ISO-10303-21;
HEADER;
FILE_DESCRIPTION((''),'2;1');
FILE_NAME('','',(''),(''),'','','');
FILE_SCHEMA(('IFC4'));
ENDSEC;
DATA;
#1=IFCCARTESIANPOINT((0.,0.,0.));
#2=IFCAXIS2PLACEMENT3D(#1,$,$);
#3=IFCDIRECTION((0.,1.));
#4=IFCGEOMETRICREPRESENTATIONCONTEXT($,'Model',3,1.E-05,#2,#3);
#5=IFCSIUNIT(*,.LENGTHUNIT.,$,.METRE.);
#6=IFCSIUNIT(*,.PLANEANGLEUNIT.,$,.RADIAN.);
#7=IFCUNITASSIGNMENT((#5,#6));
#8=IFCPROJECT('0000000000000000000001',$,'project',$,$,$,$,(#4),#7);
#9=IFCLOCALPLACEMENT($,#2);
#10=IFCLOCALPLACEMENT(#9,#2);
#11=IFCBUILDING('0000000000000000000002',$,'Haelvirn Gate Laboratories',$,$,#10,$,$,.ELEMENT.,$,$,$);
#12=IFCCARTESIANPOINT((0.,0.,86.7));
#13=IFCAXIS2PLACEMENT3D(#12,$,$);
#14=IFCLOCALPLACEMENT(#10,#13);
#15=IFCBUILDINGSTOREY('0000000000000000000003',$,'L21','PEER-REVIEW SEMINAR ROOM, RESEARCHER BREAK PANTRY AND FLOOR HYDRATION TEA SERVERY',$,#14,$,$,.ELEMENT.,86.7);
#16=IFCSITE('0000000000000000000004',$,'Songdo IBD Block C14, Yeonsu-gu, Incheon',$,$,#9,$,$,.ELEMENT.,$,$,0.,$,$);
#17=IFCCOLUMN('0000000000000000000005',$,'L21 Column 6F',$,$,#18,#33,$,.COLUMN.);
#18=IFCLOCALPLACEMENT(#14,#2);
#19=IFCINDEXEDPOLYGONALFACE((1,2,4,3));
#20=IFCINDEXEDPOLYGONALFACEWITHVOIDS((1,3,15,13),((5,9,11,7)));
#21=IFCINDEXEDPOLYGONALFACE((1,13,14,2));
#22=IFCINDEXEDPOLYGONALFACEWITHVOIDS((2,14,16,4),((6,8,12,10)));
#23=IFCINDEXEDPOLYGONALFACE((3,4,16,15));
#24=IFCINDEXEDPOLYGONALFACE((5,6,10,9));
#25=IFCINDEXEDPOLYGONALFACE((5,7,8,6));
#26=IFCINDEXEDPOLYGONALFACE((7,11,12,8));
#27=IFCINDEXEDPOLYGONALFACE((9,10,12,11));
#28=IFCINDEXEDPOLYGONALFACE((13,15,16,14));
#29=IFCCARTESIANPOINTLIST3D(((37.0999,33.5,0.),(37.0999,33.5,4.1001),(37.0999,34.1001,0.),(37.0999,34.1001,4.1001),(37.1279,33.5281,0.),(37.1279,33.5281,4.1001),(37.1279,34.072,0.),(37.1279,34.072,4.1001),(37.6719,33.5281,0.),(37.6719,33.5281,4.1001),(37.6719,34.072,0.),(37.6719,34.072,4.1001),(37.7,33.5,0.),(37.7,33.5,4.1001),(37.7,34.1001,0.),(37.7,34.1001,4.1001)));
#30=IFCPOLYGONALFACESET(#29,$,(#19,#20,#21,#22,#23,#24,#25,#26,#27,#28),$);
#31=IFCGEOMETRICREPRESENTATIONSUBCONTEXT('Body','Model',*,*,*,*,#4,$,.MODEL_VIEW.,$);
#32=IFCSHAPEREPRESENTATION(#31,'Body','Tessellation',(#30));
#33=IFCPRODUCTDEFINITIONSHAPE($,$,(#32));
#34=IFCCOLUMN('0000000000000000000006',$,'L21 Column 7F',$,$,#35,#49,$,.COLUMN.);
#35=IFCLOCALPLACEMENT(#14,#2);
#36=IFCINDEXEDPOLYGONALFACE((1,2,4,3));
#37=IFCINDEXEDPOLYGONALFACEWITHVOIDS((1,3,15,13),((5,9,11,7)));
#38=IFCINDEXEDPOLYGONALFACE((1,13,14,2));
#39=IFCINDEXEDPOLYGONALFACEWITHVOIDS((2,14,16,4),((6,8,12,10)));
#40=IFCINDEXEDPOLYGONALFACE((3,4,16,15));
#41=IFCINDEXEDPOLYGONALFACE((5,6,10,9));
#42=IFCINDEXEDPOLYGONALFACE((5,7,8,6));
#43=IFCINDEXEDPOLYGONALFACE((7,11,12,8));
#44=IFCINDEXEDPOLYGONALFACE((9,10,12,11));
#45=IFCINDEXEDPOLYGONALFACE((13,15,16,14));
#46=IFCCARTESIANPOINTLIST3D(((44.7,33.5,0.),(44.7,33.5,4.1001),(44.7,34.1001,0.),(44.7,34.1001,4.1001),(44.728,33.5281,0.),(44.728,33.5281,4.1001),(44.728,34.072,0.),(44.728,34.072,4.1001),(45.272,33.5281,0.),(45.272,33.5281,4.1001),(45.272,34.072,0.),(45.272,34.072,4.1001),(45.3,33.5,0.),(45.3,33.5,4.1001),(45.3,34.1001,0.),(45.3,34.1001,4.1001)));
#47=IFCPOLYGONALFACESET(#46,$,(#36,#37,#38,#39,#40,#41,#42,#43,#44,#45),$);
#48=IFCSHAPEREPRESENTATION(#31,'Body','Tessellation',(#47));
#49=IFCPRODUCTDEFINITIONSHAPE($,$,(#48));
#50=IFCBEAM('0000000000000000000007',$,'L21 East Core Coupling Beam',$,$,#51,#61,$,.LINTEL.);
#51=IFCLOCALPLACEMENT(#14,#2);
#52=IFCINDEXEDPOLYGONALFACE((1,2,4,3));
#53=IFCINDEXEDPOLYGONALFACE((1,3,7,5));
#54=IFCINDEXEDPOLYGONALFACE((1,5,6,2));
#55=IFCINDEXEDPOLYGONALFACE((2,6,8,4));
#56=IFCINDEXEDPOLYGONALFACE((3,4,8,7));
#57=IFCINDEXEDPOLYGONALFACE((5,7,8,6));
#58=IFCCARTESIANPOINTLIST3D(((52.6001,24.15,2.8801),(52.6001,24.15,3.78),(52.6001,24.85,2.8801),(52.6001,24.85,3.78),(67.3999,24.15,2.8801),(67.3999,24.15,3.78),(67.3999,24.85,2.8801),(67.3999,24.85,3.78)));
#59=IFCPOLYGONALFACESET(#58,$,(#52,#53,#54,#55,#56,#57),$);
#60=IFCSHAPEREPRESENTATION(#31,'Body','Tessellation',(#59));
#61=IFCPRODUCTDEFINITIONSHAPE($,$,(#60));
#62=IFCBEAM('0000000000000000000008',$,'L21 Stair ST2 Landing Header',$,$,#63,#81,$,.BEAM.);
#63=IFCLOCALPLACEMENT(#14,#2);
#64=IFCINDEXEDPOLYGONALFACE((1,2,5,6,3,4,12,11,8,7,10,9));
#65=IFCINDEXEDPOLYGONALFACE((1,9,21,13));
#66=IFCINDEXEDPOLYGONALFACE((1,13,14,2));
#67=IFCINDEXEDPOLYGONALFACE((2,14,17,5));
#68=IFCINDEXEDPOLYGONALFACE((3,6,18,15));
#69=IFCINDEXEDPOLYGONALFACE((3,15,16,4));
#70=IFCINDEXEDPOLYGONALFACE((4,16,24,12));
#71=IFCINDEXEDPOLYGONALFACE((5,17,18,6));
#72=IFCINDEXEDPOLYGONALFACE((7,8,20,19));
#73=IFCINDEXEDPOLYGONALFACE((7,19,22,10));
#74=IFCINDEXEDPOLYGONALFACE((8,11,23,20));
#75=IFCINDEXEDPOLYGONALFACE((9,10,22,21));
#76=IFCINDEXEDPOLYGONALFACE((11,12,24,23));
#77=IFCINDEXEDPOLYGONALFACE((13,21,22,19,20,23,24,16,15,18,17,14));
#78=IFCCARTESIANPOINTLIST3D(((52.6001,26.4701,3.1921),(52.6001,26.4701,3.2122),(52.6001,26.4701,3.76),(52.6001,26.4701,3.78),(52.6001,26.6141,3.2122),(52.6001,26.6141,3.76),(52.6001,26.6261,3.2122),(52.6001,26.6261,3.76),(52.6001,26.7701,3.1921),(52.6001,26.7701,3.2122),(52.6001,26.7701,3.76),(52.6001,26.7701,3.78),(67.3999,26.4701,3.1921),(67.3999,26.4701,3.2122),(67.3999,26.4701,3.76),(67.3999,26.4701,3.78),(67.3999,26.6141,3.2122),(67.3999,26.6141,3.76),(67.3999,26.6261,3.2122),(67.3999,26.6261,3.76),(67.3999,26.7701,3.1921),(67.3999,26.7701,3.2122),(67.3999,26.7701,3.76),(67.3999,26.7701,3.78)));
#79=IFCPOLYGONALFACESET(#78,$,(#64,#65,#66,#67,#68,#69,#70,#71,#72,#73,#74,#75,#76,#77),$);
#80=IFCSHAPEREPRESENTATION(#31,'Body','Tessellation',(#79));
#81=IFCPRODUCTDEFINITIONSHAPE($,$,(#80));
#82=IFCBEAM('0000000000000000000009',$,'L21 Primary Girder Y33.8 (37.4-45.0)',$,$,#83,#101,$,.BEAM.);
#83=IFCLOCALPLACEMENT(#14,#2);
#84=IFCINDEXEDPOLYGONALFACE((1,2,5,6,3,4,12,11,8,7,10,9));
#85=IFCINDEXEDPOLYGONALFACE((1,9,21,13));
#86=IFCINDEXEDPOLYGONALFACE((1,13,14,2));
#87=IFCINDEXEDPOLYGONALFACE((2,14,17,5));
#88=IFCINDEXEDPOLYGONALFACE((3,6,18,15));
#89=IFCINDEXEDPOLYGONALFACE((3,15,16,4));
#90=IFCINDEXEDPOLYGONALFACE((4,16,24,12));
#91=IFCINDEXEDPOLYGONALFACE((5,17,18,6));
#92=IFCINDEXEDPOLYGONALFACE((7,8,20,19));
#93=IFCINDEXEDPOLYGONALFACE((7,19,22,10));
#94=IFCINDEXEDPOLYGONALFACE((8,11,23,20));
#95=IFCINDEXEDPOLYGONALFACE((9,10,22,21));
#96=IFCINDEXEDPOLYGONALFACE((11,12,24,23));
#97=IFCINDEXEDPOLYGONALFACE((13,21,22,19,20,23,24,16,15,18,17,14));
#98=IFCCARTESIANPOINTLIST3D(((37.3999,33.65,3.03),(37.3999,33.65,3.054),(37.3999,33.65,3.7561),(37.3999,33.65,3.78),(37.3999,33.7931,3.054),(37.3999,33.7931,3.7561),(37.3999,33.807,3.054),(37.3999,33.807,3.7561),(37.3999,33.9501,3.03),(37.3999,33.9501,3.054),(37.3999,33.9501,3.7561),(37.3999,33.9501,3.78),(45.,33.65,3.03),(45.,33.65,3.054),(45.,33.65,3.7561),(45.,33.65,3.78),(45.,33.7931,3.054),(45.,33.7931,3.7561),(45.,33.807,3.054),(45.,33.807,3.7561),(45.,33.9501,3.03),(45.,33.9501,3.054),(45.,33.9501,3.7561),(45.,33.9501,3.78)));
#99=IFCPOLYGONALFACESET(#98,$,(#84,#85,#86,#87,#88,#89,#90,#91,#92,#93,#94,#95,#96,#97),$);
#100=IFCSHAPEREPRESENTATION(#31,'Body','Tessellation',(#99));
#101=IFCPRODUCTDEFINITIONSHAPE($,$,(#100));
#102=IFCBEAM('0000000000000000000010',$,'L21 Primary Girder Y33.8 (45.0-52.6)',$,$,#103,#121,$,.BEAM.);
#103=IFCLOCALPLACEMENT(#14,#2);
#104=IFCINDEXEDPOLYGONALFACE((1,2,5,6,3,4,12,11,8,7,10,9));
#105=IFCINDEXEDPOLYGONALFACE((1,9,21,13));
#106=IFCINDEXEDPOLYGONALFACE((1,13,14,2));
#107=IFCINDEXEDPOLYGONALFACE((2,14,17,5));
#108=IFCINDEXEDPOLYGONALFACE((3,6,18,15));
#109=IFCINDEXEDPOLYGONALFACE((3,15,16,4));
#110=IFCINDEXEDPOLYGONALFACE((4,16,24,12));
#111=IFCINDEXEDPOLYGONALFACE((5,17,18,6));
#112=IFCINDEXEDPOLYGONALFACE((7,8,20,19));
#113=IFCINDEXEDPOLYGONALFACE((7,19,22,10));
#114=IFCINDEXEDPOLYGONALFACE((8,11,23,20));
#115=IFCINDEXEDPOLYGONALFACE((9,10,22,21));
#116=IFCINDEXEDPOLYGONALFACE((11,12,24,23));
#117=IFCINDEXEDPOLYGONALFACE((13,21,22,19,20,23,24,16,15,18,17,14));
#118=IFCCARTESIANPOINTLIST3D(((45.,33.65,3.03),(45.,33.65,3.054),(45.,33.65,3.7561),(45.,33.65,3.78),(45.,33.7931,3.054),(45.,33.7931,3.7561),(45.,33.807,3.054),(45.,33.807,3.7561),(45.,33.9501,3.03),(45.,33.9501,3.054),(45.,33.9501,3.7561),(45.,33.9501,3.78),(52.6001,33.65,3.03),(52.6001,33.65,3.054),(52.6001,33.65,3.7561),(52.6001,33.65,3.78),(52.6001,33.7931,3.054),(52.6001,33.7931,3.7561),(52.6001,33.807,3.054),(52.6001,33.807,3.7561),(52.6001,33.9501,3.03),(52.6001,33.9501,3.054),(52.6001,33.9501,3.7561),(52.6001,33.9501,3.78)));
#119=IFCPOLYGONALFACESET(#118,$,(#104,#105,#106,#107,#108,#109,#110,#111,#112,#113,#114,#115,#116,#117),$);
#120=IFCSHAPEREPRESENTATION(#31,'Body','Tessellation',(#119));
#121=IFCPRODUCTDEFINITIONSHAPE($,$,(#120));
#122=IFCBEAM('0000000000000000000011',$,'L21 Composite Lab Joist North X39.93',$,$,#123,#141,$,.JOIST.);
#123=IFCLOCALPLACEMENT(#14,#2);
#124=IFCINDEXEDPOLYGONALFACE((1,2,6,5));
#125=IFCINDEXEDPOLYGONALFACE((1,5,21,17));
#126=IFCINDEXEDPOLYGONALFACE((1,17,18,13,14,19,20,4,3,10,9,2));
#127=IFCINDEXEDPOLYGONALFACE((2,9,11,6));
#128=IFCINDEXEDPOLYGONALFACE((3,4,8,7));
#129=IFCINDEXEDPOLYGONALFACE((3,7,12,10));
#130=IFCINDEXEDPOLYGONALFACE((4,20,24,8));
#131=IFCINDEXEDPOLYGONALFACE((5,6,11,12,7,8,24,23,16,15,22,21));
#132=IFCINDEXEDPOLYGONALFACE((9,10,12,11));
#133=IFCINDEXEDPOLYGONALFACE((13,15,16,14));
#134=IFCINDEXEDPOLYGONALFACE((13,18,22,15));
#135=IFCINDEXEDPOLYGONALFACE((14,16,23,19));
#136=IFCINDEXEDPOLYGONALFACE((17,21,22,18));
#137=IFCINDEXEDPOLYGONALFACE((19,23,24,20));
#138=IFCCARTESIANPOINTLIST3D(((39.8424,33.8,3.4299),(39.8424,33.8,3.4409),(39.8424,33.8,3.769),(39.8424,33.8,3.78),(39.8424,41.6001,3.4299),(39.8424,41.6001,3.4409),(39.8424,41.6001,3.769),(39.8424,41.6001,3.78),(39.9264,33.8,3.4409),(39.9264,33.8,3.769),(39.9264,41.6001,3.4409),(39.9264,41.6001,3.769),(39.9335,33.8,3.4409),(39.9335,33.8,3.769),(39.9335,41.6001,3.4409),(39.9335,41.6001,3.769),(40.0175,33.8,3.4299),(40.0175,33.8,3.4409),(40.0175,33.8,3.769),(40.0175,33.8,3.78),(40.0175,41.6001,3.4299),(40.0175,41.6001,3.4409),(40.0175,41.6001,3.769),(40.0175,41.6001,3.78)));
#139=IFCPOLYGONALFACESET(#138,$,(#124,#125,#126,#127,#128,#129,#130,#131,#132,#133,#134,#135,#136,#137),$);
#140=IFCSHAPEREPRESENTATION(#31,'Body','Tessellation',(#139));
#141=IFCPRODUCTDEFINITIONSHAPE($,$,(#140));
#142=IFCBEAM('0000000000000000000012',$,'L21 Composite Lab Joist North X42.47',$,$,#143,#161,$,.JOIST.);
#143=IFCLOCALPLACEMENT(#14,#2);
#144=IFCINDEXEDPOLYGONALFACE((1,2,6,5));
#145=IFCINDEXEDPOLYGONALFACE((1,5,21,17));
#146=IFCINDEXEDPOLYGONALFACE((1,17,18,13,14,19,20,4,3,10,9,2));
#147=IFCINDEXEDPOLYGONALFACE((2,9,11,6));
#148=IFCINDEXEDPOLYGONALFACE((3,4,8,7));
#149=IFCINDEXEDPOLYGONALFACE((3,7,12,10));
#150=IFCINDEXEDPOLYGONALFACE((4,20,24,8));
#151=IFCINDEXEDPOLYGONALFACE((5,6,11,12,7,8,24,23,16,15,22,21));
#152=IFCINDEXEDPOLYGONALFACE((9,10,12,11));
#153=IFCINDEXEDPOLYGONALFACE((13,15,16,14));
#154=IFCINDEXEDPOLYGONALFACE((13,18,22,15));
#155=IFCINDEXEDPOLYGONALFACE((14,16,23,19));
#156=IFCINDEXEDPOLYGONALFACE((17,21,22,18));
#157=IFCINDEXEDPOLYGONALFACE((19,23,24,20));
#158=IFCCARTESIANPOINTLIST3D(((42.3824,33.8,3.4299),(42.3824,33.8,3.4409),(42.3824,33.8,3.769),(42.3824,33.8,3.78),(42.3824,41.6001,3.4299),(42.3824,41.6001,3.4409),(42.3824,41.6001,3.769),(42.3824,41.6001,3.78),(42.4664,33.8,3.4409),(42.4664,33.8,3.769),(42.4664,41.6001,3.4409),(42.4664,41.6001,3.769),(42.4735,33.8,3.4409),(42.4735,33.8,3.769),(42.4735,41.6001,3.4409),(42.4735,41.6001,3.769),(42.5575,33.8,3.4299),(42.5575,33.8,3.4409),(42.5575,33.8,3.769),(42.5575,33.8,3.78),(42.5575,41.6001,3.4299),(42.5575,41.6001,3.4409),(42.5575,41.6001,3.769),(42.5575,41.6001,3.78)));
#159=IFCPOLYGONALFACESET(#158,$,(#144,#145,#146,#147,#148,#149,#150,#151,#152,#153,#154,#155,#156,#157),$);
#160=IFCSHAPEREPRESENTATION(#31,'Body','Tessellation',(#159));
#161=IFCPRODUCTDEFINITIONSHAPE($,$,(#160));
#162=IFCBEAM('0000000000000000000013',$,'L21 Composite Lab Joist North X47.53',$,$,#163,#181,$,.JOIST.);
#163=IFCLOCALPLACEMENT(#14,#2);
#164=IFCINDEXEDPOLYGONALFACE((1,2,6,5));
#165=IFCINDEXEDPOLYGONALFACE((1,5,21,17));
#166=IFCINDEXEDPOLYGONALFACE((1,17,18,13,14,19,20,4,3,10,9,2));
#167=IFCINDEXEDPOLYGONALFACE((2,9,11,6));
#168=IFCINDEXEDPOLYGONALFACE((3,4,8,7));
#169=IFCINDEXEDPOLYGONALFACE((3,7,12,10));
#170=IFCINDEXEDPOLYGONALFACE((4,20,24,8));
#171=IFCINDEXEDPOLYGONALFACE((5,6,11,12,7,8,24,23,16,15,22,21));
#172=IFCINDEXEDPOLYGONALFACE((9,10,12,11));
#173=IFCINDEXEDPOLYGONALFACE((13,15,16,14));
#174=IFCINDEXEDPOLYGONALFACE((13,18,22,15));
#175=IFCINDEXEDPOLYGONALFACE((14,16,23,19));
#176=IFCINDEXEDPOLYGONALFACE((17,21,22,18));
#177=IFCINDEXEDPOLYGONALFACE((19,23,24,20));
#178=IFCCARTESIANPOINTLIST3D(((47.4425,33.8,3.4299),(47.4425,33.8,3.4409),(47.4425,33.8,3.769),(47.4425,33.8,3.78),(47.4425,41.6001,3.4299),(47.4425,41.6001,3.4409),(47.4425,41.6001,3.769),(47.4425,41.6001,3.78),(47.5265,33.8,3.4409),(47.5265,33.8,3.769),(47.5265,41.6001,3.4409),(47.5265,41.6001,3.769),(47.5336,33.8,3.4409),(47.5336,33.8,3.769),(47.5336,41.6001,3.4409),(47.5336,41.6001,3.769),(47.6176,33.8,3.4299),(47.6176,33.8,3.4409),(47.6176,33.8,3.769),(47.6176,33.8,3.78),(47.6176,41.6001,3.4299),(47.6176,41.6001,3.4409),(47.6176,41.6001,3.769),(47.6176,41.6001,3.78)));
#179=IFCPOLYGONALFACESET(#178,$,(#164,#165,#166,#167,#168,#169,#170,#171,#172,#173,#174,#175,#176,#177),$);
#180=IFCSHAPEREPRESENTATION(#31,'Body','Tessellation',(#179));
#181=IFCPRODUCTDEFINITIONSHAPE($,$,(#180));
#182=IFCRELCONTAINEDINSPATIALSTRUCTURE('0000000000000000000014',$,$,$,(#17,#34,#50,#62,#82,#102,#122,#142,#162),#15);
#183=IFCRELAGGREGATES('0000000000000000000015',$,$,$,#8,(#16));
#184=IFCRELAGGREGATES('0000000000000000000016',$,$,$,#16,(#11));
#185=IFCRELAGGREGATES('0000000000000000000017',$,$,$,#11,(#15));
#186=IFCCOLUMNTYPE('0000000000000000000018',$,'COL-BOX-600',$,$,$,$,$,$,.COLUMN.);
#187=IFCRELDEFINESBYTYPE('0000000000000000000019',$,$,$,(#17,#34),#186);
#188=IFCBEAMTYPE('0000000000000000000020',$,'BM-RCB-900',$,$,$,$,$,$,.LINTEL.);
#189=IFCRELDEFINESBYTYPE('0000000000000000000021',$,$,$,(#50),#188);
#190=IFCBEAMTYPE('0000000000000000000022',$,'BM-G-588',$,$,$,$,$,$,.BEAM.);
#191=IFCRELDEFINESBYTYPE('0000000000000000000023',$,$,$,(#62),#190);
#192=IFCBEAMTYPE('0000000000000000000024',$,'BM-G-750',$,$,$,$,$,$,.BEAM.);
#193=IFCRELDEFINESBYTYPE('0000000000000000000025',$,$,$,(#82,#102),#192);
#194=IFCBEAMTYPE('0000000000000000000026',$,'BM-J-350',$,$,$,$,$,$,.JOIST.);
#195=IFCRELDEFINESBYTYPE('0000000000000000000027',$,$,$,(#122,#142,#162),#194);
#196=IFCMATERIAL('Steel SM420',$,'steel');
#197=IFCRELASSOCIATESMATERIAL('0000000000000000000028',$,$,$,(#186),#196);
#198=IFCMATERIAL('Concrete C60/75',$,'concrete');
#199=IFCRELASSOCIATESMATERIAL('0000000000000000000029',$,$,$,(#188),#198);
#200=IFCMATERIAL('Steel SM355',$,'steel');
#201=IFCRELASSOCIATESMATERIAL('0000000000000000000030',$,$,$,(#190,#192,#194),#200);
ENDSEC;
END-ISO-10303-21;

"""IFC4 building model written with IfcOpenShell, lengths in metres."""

from ifc_helpers import new_model, si_unit, direction, frame, origin, origin_2d, place, context, subcontext, project, spatial, rectangle, hollow_rectangle, i_section, extrude, source, transform, mapped, material, material_profile, profile_set, type_object, type_shapes, element, save


model = new_model("IFC4")

# Units and contexts
model_context = context("Model", 3, precision=1e-05, world=origin(), true_north=direction((0.0, 1.0)))
body_context = subcontext(model_context, "Body", "Model", "MODEL_VIEW")
ifc_project = project(units=[si_unit("LENGTHUNIT", "METRE"), si_unit("PLANEANGLEUNIT", "RADIAN")], contexts=[model_context])

# Site, building, storey
site_placement = place(None, origin())
site = spatial("IfcSite", under=ifc_project, at=site_placement, Name="Songdo IBD Block C14, Yeonsu-gu, Incheon", CompositionType="ELEMENT", RefElevation=0.0)
building_placement = place(site_placement, origin())
building = spatial("IfcBuilding", under=site, at=building_placement, Name="Haelvirn Gate Laboratories", CompositionType="ELEMENT")
storey_placement = place(building_placement, frame((0.0, 0.0, 86.7)))
storey = spatial("IfcBuildingStorey", under=building, at=storey_placement, Name="L21", Description="PEER-REVIEW SEMINAR ROOM, RESEARCHER BREAK PANTRY AND FLOOR HYDRATION TEA SERVERY", CompositionType="ELEMENT", Elevation=86.7)

# Columns
ifc_material_1 = material(Name="Steel SM420", Category="steel")
ifc_material_profile_1 = material_profile(ifc_material_1, hollow_rectangle(XDim=0.6001, YDim=0.6001, WallThickness=0.0281, at=origin_2d()), Name="BOX-600x600x28")
ifc_profile_set_1 = profile_set([ifc_material_profile_1], Name="Steel SM420")
column_type = type_object("IfcColumnType", Name="COL-BOX-600", PredefinedType="COLUMN", material=ifc_profile_set_1)
shared_shape_1 = source(origin(), body_context, "Body", "SweptSolid", [
    extrude(hollow_rectangle(XDim=0.6001, YDim=0.6001, WallThickness=0.0281, at=origin_2d()), origin(), (0.0, 0.0, 1.0), 4.1001),
])
type_shapes(column_type, [shared_shape_1])
for number, where, z_axis, x_axis, name in (
    (1, (37.3999, 33.8, 0.0), (0.0, 0.0, 1.0), (1.0, 0.0, 0.0), "L21 Column 6F"),
    (2, (45.0, 33.8, 0.0), (0.0, 0.0, 1.0), (1.0, 0.0, 0.0), "L21 Column 7F"),
):
    element("IfcColumn", number, at=place(storey_placement, frame(where, z_axis=z_axis, x_axis=x_axis)), inside=storey, type_object=column_type, Name=name, PredefinedType="COLUMN", context=body_context, shape_type="MappedRepresentation", body=[
        mapped(shared_shape_1, transform((0.0, 0.0, 0.0), scale=1.0)),
    ])

# Beams
ifc_material_2 = material(Name="Concrete C60/75", Category="concrete")
ifc_material_profile_2 = material_profile(ifc_material_2, rectangle(XDim=0.7, YDim=0.8999, at=origin_2d()), Name="RCB-700x900")
ifc_profile_set_2 = profile_set([ifc_material_profile_2], Name="Concrete C60/75")
beam_type_1 = type_object("IfcBeamType", Name="BM-RCB-900", PredefinedType="LINTEL", material=ifc_profile_set_2)
shared_shape_2 = source(origin(), body_context, "Body", "SweptSolid", [
    extrude(rectangle(XDim=0.7, YDim=0.8999, at=origin_2d()), origin(), (0.0, 0.0, 1.0), 14.7998),
])
type_shapes(beam_type_1, [shared_shape_2])
beam_1_placement = place(storey_placement, frame((52.6001, 24.5, 3.3301), z_axis=(1.0, 0.0, 0.0), x_axis=(0.0, 1.0, 0.0)))
element("IfcBeam", 3, at=beam_1_placement, inside=storey, type_object=beam_type_1, Name="L21 East Core Coupling Beam", PredefinedType="LINTEL", context=body_context, shape_type="MappedRepresentation", body=[
    mapped(shared_shape_2, transform((0.0, 0.0, 0.0), scale=1.0)),
])
ifc_material_3 = material(Name="Steel SM355", Category="steel")
ifc_material_profile_3 = material_profile(ifc_material_3, i_section(OverallWidth=0.3, OverallDepth=0.5879, WebThickness=0.012, FlangeThickness=0.02, at=origin_2d()), Name="H-588x300x12x20")
ifc_profile_set_3 = profile_set([ifc_material_profile_3], Name="Steel SM355")
beam_type_2 = type_object("IfcBeamType", Name="BM-G-588", PredefinedType="BEAM", material=ifc_profile_set_3)
shared_shape_3 = source(origin(), body_context, "Body", "SweptSolid", [
    extrude(i_section(OverallWidth=0.3, OverallDepth=0.5879, WebThickness=0.012, FlangeThickness=0.02, at=origin_2d()), origin(), (0.0, 0.0, 1.0), 14.7998),
])
type_shapes(beam_type_2, [shared_shape_3])
beam_2_placement = place(storey_placement, frame((52.6001, 26.6201, 3.4861), z_axis=(1.0, 0.0, 0.0), x_axis=(0.0, 1.0, 0.0)))
element("IfcBeam", 4, at=beam_2_placement, inside=storey, type_object=beam_type_2, Name="L21 Stair ST2 Landing Header", PredefinedType="BEAM", context=body_context, shape_type="MappedRepresentation", body=[
    mapped(shared_shape_3, transform((0.0, 0.0, 0.0), scale=1.0)),
])
ifc_material_profile_4 = material_profile(ifc_material_3, i_section(OverallWidth=0.3, OverallDepth=0.75, WebThickness=0.0139, FlangeThickness=0.0239, at=origin_2d()), Name="H-750x300x14x24")
ifc_profile_set_4 = profile_set([ifc_material_profile_4], Name="Steel SM355")
beam_type_3 = type_object("IfcBeamType", Name="BM-G-750", PredefinedType="BEAM", material=ifc_profile_set_4)
shared_shape_4 = source(origin(), body_context, "Body", "SweptSolid", [
    extrude(i_section(OverallWidth=0.3, OverallDepth=0.75, WebThickness=0.0139, FlangeThickness=0.0239, at=origin_2d()), origin(), (0.0, 0.0, 1.0), 7.6001),
])
type_shapes(beam_type_3, [shared_shape_4])
for number, where, z_axis, x_axis, name in (
    (5, (37.3999, 33.8, 3.405), (1.0, 0.0, 0.0), (0.0, 1.0, 0.0), "L21 Primary Girder Y33.8 (37.4-45.0)"),
    (6, (45.0, 33.8, 3.405), (1.0, 0.0, 0.0), (0.0, 1.0, 0.0), "L21 Primary Girder Y33.8 (45.0-52.6)"),
):
    element("IfcBeam", number, at=place(storey_placement, frame(where, z_axis=z_axis, x_axis=x_axis)), inside=storey, type_object=beam_type_3, Name=name, PredefinedType="BEAM", context=body_context, shape_type="MappedRepresentation", body=[
        mapped(shared_shape_4, transform((0.0, 0.0, 0.0), scale=1.0)),
    ])
ifc_material_profile_5 = material_profile(ifc_material_3, i_section(OverallWidth=0.175, OverallDepth=0.3501, WebThickness=0.0071, FlangeThickness=0.011, at=origin_2d()), Name="H-350x175x7x11")
ifc_profile_set_5 = profile_set([ifc_material_profile_5], Name="Steel SM355")
beam_type_4 = type_object("IfcBeamType", Name="BM-J-350", PredefinedType="JOIST", material=ifc_profile_set_5)
shared_shape_5 = source(origin(), body_context, "Body", "SweptSolid", [
    extrude(i_section(OverallWidth=0.175, OverallDepth=0.3501, WebThickness=0.0071, FlangeThickness=0.011, at=origin_2d()), origin(), (0.0, 0.0, 1.0), 7.8),
])
type_shapes(beam_type_4, [shared_shape_5])
for number, where, z_axis, x_axis, name in (
    (7, (39.9299, 33.8, 3.605), (0.0, 1.0, 0.0), (-1.0, 0.0, 0.0), "L21 Composite Lab Joist North X39.93"),
    (8, (42.47, 33.8, 3.605), (0.0, 1.0, 0.0), (-1.0, 0.0, 0.0), "L21 Composite Lab Joist North X42.47"),
    (9, (47.53, 33.8, 3.605), (0.0, 1.0, 0.0), (-1.0, 0.0, 0.0), "L21 Composite Lab Joist North X47.53"),
):
    element("IfcBeam", number, at=place(storey_placement, frame(where, z_axis=z_axis, x_axis=x_axis)), inside=storey, type_object=beam_type_4, Name=name, PredefinedType="JOIST", context=body_context, shape_type="MappedRepresentation", body=[
        mapped(shared_shape_5, transform((0.0, 0.0, 0.0), scale=1.0)),
    ])

save(model, "model.ifc")
